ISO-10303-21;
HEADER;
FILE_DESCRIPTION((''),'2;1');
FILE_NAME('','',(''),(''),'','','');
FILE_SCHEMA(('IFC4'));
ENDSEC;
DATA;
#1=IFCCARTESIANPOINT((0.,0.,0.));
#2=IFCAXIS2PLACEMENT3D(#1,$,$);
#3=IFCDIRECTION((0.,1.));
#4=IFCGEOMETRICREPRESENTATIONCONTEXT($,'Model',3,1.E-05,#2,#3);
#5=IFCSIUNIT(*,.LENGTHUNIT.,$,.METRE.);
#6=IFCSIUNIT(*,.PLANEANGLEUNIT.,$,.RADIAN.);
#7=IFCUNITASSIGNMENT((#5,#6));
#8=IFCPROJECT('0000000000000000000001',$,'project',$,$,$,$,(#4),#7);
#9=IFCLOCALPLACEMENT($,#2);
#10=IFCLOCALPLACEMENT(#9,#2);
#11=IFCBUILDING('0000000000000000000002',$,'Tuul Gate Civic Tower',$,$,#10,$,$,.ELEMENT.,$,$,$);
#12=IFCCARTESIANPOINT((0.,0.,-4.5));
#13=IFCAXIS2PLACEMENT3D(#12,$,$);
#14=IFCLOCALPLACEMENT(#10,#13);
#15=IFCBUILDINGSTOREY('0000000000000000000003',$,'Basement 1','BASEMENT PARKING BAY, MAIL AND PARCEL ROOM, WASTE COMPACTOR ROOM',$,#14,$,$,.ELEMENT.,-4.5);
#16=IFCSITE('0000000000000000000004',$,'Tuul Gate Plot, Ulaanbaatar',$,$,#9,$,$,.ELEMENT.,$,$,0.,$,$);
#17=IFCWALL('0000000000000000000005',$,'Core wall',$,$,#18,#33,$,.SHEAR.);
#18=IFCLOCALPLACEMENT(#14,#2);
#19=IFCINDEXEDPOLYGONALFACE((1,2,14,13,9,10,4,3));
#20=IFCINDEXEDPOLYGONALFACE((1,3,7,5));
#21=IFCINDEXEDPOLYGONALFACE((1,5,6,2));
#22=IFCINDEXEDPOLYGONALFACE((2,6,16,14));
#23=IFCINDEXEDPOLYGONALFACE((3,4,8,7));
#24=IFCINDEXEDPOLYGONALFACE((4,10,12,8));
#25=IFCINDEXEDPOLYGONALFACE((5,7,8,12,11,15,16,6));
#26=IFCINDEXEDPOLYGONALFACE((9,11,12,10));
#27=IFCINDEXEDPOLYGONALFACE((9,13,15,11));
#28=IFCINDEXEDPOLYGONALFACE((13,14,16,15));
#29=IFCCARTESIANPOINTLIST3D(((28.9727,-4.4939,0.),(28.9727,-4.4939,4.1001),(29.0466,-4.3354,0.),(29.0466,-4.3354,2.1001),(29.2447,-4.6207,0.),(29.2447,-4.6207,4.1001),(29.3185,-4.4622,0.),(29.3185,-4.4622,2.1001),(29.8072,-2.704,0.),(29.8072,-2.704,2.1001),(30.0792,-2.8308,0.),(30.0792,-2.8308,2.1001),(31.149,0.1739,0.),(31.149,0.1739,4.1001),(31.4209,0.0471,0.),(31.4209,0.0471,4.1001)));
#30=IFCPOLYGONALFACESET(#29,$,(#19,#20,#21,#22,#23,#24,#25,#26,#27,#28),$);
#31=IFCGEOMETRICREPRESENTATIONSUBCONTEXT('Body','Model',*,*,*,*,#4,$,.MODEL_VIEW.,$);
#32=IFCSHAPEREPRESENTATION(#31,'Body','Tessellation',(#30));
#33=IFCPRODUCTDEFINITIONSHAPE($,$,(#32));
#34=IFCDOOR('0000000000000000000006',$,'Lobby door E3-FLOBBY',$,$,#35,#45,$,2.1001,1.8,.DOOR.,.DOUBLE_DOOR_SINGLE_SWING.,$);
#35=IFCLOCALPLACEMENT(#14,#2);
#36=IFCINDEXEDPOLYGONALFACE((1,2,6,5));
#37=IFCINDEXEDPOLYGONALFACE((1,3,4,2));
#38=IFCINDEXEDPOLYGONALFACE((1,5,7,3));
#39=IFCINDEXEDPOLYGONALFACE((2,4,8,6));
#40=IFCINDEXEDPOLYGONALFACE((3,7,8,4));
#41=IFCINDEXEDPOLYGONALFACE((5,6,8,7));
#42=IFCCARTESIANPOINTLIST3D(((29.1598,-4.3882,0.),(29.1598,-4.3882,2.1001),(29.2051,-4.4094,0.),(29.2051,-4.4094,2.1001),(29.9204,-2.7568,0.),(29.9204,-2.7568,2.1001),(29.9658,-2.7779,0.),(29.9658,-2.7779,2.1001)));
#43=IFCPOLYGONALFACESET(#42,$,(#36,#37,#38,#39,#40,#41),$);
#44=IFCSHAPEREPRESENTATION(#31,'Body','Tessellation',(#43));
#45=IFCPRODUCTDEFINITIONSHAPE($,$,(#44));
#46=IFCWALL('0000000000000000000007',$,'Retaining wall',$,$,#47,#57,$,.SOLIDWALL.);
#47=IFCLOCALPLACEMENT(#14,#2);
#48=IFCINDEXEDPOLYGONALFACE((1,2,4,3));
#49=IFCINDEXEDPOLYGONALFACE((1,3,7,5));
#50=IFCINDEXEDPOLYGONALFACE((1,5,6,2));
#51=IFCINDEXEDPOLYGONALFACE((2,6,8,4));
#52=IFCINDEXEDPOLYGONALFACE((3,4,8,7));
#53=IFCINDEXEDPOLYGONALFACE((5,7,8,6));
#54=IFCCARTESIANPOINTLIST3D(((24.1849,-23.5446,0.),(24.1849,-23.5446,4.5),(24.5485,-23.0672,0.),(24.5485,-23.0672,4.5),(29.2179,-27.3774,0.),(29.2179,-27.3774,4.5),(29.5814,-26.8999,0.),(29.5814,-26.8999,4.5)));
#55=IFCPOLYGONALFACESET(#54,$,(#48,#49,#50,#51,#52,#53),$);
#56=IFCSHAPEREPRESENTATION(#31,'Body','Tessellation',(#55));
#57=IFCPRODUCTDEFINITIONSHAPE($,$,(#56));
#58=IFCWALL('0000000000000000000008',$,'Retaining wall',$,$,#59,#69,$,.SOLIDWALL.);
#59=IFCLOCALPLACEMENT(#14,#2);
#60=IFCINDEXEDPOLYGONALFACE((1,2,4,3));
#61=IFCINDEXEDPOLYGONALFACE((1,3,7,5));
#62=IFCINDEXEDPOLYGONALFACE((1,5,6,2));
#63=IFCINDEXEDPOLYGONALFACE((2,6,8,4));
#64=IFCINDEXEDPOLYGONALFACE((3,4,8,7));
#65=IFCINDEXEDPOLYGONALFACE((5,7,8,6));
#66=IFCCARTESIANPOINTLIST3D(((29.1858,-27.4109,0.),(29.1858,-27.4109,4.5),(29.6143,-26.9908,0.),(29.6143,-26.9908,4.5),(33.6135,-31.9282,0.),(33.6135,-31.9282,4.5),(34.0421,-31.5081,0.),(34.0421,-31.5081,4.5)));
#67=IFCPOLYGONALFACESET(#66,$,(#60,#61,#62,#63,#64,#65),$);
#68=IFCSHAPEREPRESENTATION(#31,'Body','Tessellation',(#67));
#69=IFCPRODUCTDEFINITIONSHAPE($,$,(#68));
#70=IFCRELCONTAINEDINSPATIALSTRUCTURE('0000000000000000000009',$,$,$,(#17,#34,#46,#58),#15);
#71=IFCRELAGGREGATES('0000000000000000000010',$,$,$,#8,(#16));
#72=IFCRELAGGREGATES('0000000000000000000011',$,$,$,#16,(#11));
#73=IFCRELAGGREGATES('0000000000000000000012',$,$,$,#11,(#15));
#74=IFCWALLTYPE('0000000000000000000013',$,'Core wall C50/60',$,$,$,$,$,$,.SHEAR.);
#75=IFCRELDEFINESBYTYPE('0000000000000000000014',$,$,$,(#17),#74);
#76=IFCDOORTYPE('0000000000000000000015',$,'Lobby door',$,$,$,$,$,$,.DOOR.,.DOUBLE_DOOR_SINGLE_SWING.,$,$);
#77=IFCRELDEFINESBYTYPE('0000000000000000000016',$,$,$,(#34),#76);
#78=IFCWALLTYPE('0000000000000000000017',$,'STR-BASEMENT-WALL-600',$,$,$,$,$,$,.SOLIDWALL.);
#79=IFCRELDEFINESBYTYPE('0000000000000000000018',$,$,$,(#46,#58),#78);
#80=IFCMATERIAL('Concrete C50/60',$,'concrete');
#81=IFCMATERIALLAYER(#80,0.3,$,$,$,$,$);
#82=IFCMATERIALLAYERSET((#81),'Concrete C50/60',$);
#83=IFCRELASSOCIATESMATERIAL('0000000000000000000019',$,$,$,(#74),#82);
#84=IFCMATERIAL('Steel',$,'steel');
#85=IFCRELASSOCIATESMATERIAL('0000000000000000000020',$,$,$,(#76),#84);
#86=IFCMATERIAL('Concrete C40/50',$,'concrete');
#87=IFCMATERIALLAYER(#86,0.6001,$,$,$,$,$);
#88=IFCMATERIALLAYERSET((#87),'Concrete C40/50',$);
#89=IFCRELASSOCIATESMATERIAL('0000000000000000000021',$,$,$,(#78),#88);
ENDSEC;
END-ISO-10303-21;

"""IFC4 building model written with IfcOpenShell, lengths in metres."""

from ifc_helpers import new_model, si_unit, direction, frame, frame_2d, origin, place, context, subcontext, project, spatial, rectangle, extrude, material, layer, layer_set, type_object, element, fill, save


model = new_model("IFC4")

# Units and contexts
model_context = context("Model", 3, precision=1e-05, world=origin(), true_north=direction((0.0, 1.0)))
body_context = subcontext(model_context, "Body", "Model", "MODEL_VIEW")
ifc_project = project(units=[si_unit("LENGTHUNIT", "METRE"), si_unit("PLANEANGLEUNIT", "RADIAN")], contexts=[model_context])

# Site, building, storey
site_placement = place(None, origin())
site = spatial("IfcSite", under=ifc_project, at=site_placement, Name="Tuul Gate Plot, Ulaanbaatar", CompositionType="ELEMENT", RefElevation=0.0)
building_placement = place(site_placement, origin())
building = spatial("IfcBuilding", under=site, at=building_placement, Name="Tuul Gate Civic Tower", CompositionType="ELEMENT")
storey_placement = place(building_placement, frame((0.0, 0.0, -4.5)))
storey = spatial("IfcBuildingStorey", under=building, at=storey_placement, Name="Basement 1", Description="BASEMENT PARKING BAY, MAIL AND PARCEL ROOM, WASTE COMPACTOR ROOM", CompositionType="ELEMENT", Elevation=-4.5)

# Wall, opening, door
ifc_material_1 = material(Name="Concrete C50/60", Category="concrete")
ifc_layer_1 = layer(ifc_material_1, 0.3)
ifc_layer_set_1 = layer_set([ifc_layer_1], Name="Concrete C50/60")
wall_type_1 = type_object("IfcWallType", Name="Core wall C50/60", PredefinedType="SHEAR", material=ifc_layer_set_1)
wall_1_placement = place(storey_placement, frame((29.1086, -4.5574, 0.0), z_axis=(0.0, 0.0, 1.0), x_axis=(0.422566, 0.906332, 0.0)))
wall_1 = element("IfcWall", 1, at=wall_1_placement, inside=storey, type_object=wall_type_1, Name="Core wall", PredefinedType="SHEAR", context=body_context, shape_type="SweptSolid", body=[
    extrude(rectangle(XDim=5.1501, YDim=0.3, at=frame_2d((2.5752, 0.0))), origin(), (0.0, 0.0, 1.0), 4.1001),
])
opening_1_placement = place(wall_1_placement, frame((0.175, 0.0, 0.0)))
opening_1 = element("IfcOpeningElement", 2, at=opening_1_placement, cuts=wall_1, PredefinedType="OPENING", context=body_context, shape_type="SweptSolid", body=[
    extrude(rectangle(XDim=1.8, YDim=2.1001, at=frame_2d((0.8999, 1.05))), frame((0.0, 0.1602, 0.0), z_axis=(0.0, -1.0, 0.0), x_axis=(1.0, 0.0, 0.0)), (0.0, 0.0, 1.0), 0.3201),
])
ifc_material_2 = material(Name="Steel", Category="steel")
door_type_1 = type_object("IfcDoorType", Name="Lobby door", OperationType="DOUBLE_DOOR_SINGLE_SWING", PredefinedType="DOOR", material=ifc_material_2)
door_1_placement = place(opening_1_placement, frame((1.8, 0.0, 0.0), z_axis=(0.0, 0.0, 1.0), x_axis=(-1.0, 0.0, 0.0)))
door_1 = element("IfcDoor", 3, at=door_1_placement, inside=storey, type_object=door_type_1, Name="Lobby door E3-FLOBBY", OperationType="DOUBLE_DOOR_SINGLE_SWING", OverallHeight=2.1001, OverallWidth=1.8, PredefinedType="DOOR", context=body_context, shape_type="SweptSolid", body=[
    extrude(rectangle(XDim=1.8, YDim=2.1001, at=frame_2d((0.9001, 1.05))), frame((0.0, 0.0249, 0.0), z_axis=(0.0, -1.0, 0.0), x_axis=(1.0, 0.0, 0.0)), (0.0, 0.0, 1.0), 0.05),
])
fill(opening_1, door_1)

# Walls
ifc_material_3 = material(Name="Concrete C40/50", Category="concrete")
ifc_layer_2 = layer(ifc_material_3, 0.6001)
ifc_layer_set_2 = layer_set([ifc_layer_2], Name="Concrete C40/50")
wall_type_2 = type_object("IfcWallType", Name="STR-BASEMENT-WALL-600", PredefinedType="SOLIDWALL", material=ifc_layer_set_2)
wall_2_placement = place(storey_placement, frame((24.3667, -23.3059, 0.0), z_axis=(0.0, 0.0, 1.0), x_axis=(0.795574, -0.605856, 0.0)))
element("IfcWall", 4, at=wall_2_placement, inside=storey, type_object=wall_type_2, Name="Retaining wall", PredefinedType="SOLIDWALL", context=body_context, shape_type="SweptSolid", body=[
    extrude(rectangle(XDim=6.3262, YDim=0.6001, at=frame_2d((3.1631, 0.0))), origin(), (0.0, 0.0, 1.0), 4.5),
])
wall_3_placement = place(storey_placement, frame((29.4001, -27.2009, 0.0), z_axis=(0.0, 0.0, 1.0), x_axis=(0.699989, -0.714154, 0.0)))
element("IfcWall", 5, at=wall_3_placement, inside=storey, type_object=wall_type_2, Name="Retaining wall", PredefinedType="SOLIDWALL", context=body_context, shape_type="SweptSolid", body=[
    extrude(rectangle(XDim=6.3254, YDim=0.6001, at=frame_2d((3.1626, 0.0))), origin(), (0.0, 0.0, 1.0), 4.5),
])

save(model, "model.ifc")
